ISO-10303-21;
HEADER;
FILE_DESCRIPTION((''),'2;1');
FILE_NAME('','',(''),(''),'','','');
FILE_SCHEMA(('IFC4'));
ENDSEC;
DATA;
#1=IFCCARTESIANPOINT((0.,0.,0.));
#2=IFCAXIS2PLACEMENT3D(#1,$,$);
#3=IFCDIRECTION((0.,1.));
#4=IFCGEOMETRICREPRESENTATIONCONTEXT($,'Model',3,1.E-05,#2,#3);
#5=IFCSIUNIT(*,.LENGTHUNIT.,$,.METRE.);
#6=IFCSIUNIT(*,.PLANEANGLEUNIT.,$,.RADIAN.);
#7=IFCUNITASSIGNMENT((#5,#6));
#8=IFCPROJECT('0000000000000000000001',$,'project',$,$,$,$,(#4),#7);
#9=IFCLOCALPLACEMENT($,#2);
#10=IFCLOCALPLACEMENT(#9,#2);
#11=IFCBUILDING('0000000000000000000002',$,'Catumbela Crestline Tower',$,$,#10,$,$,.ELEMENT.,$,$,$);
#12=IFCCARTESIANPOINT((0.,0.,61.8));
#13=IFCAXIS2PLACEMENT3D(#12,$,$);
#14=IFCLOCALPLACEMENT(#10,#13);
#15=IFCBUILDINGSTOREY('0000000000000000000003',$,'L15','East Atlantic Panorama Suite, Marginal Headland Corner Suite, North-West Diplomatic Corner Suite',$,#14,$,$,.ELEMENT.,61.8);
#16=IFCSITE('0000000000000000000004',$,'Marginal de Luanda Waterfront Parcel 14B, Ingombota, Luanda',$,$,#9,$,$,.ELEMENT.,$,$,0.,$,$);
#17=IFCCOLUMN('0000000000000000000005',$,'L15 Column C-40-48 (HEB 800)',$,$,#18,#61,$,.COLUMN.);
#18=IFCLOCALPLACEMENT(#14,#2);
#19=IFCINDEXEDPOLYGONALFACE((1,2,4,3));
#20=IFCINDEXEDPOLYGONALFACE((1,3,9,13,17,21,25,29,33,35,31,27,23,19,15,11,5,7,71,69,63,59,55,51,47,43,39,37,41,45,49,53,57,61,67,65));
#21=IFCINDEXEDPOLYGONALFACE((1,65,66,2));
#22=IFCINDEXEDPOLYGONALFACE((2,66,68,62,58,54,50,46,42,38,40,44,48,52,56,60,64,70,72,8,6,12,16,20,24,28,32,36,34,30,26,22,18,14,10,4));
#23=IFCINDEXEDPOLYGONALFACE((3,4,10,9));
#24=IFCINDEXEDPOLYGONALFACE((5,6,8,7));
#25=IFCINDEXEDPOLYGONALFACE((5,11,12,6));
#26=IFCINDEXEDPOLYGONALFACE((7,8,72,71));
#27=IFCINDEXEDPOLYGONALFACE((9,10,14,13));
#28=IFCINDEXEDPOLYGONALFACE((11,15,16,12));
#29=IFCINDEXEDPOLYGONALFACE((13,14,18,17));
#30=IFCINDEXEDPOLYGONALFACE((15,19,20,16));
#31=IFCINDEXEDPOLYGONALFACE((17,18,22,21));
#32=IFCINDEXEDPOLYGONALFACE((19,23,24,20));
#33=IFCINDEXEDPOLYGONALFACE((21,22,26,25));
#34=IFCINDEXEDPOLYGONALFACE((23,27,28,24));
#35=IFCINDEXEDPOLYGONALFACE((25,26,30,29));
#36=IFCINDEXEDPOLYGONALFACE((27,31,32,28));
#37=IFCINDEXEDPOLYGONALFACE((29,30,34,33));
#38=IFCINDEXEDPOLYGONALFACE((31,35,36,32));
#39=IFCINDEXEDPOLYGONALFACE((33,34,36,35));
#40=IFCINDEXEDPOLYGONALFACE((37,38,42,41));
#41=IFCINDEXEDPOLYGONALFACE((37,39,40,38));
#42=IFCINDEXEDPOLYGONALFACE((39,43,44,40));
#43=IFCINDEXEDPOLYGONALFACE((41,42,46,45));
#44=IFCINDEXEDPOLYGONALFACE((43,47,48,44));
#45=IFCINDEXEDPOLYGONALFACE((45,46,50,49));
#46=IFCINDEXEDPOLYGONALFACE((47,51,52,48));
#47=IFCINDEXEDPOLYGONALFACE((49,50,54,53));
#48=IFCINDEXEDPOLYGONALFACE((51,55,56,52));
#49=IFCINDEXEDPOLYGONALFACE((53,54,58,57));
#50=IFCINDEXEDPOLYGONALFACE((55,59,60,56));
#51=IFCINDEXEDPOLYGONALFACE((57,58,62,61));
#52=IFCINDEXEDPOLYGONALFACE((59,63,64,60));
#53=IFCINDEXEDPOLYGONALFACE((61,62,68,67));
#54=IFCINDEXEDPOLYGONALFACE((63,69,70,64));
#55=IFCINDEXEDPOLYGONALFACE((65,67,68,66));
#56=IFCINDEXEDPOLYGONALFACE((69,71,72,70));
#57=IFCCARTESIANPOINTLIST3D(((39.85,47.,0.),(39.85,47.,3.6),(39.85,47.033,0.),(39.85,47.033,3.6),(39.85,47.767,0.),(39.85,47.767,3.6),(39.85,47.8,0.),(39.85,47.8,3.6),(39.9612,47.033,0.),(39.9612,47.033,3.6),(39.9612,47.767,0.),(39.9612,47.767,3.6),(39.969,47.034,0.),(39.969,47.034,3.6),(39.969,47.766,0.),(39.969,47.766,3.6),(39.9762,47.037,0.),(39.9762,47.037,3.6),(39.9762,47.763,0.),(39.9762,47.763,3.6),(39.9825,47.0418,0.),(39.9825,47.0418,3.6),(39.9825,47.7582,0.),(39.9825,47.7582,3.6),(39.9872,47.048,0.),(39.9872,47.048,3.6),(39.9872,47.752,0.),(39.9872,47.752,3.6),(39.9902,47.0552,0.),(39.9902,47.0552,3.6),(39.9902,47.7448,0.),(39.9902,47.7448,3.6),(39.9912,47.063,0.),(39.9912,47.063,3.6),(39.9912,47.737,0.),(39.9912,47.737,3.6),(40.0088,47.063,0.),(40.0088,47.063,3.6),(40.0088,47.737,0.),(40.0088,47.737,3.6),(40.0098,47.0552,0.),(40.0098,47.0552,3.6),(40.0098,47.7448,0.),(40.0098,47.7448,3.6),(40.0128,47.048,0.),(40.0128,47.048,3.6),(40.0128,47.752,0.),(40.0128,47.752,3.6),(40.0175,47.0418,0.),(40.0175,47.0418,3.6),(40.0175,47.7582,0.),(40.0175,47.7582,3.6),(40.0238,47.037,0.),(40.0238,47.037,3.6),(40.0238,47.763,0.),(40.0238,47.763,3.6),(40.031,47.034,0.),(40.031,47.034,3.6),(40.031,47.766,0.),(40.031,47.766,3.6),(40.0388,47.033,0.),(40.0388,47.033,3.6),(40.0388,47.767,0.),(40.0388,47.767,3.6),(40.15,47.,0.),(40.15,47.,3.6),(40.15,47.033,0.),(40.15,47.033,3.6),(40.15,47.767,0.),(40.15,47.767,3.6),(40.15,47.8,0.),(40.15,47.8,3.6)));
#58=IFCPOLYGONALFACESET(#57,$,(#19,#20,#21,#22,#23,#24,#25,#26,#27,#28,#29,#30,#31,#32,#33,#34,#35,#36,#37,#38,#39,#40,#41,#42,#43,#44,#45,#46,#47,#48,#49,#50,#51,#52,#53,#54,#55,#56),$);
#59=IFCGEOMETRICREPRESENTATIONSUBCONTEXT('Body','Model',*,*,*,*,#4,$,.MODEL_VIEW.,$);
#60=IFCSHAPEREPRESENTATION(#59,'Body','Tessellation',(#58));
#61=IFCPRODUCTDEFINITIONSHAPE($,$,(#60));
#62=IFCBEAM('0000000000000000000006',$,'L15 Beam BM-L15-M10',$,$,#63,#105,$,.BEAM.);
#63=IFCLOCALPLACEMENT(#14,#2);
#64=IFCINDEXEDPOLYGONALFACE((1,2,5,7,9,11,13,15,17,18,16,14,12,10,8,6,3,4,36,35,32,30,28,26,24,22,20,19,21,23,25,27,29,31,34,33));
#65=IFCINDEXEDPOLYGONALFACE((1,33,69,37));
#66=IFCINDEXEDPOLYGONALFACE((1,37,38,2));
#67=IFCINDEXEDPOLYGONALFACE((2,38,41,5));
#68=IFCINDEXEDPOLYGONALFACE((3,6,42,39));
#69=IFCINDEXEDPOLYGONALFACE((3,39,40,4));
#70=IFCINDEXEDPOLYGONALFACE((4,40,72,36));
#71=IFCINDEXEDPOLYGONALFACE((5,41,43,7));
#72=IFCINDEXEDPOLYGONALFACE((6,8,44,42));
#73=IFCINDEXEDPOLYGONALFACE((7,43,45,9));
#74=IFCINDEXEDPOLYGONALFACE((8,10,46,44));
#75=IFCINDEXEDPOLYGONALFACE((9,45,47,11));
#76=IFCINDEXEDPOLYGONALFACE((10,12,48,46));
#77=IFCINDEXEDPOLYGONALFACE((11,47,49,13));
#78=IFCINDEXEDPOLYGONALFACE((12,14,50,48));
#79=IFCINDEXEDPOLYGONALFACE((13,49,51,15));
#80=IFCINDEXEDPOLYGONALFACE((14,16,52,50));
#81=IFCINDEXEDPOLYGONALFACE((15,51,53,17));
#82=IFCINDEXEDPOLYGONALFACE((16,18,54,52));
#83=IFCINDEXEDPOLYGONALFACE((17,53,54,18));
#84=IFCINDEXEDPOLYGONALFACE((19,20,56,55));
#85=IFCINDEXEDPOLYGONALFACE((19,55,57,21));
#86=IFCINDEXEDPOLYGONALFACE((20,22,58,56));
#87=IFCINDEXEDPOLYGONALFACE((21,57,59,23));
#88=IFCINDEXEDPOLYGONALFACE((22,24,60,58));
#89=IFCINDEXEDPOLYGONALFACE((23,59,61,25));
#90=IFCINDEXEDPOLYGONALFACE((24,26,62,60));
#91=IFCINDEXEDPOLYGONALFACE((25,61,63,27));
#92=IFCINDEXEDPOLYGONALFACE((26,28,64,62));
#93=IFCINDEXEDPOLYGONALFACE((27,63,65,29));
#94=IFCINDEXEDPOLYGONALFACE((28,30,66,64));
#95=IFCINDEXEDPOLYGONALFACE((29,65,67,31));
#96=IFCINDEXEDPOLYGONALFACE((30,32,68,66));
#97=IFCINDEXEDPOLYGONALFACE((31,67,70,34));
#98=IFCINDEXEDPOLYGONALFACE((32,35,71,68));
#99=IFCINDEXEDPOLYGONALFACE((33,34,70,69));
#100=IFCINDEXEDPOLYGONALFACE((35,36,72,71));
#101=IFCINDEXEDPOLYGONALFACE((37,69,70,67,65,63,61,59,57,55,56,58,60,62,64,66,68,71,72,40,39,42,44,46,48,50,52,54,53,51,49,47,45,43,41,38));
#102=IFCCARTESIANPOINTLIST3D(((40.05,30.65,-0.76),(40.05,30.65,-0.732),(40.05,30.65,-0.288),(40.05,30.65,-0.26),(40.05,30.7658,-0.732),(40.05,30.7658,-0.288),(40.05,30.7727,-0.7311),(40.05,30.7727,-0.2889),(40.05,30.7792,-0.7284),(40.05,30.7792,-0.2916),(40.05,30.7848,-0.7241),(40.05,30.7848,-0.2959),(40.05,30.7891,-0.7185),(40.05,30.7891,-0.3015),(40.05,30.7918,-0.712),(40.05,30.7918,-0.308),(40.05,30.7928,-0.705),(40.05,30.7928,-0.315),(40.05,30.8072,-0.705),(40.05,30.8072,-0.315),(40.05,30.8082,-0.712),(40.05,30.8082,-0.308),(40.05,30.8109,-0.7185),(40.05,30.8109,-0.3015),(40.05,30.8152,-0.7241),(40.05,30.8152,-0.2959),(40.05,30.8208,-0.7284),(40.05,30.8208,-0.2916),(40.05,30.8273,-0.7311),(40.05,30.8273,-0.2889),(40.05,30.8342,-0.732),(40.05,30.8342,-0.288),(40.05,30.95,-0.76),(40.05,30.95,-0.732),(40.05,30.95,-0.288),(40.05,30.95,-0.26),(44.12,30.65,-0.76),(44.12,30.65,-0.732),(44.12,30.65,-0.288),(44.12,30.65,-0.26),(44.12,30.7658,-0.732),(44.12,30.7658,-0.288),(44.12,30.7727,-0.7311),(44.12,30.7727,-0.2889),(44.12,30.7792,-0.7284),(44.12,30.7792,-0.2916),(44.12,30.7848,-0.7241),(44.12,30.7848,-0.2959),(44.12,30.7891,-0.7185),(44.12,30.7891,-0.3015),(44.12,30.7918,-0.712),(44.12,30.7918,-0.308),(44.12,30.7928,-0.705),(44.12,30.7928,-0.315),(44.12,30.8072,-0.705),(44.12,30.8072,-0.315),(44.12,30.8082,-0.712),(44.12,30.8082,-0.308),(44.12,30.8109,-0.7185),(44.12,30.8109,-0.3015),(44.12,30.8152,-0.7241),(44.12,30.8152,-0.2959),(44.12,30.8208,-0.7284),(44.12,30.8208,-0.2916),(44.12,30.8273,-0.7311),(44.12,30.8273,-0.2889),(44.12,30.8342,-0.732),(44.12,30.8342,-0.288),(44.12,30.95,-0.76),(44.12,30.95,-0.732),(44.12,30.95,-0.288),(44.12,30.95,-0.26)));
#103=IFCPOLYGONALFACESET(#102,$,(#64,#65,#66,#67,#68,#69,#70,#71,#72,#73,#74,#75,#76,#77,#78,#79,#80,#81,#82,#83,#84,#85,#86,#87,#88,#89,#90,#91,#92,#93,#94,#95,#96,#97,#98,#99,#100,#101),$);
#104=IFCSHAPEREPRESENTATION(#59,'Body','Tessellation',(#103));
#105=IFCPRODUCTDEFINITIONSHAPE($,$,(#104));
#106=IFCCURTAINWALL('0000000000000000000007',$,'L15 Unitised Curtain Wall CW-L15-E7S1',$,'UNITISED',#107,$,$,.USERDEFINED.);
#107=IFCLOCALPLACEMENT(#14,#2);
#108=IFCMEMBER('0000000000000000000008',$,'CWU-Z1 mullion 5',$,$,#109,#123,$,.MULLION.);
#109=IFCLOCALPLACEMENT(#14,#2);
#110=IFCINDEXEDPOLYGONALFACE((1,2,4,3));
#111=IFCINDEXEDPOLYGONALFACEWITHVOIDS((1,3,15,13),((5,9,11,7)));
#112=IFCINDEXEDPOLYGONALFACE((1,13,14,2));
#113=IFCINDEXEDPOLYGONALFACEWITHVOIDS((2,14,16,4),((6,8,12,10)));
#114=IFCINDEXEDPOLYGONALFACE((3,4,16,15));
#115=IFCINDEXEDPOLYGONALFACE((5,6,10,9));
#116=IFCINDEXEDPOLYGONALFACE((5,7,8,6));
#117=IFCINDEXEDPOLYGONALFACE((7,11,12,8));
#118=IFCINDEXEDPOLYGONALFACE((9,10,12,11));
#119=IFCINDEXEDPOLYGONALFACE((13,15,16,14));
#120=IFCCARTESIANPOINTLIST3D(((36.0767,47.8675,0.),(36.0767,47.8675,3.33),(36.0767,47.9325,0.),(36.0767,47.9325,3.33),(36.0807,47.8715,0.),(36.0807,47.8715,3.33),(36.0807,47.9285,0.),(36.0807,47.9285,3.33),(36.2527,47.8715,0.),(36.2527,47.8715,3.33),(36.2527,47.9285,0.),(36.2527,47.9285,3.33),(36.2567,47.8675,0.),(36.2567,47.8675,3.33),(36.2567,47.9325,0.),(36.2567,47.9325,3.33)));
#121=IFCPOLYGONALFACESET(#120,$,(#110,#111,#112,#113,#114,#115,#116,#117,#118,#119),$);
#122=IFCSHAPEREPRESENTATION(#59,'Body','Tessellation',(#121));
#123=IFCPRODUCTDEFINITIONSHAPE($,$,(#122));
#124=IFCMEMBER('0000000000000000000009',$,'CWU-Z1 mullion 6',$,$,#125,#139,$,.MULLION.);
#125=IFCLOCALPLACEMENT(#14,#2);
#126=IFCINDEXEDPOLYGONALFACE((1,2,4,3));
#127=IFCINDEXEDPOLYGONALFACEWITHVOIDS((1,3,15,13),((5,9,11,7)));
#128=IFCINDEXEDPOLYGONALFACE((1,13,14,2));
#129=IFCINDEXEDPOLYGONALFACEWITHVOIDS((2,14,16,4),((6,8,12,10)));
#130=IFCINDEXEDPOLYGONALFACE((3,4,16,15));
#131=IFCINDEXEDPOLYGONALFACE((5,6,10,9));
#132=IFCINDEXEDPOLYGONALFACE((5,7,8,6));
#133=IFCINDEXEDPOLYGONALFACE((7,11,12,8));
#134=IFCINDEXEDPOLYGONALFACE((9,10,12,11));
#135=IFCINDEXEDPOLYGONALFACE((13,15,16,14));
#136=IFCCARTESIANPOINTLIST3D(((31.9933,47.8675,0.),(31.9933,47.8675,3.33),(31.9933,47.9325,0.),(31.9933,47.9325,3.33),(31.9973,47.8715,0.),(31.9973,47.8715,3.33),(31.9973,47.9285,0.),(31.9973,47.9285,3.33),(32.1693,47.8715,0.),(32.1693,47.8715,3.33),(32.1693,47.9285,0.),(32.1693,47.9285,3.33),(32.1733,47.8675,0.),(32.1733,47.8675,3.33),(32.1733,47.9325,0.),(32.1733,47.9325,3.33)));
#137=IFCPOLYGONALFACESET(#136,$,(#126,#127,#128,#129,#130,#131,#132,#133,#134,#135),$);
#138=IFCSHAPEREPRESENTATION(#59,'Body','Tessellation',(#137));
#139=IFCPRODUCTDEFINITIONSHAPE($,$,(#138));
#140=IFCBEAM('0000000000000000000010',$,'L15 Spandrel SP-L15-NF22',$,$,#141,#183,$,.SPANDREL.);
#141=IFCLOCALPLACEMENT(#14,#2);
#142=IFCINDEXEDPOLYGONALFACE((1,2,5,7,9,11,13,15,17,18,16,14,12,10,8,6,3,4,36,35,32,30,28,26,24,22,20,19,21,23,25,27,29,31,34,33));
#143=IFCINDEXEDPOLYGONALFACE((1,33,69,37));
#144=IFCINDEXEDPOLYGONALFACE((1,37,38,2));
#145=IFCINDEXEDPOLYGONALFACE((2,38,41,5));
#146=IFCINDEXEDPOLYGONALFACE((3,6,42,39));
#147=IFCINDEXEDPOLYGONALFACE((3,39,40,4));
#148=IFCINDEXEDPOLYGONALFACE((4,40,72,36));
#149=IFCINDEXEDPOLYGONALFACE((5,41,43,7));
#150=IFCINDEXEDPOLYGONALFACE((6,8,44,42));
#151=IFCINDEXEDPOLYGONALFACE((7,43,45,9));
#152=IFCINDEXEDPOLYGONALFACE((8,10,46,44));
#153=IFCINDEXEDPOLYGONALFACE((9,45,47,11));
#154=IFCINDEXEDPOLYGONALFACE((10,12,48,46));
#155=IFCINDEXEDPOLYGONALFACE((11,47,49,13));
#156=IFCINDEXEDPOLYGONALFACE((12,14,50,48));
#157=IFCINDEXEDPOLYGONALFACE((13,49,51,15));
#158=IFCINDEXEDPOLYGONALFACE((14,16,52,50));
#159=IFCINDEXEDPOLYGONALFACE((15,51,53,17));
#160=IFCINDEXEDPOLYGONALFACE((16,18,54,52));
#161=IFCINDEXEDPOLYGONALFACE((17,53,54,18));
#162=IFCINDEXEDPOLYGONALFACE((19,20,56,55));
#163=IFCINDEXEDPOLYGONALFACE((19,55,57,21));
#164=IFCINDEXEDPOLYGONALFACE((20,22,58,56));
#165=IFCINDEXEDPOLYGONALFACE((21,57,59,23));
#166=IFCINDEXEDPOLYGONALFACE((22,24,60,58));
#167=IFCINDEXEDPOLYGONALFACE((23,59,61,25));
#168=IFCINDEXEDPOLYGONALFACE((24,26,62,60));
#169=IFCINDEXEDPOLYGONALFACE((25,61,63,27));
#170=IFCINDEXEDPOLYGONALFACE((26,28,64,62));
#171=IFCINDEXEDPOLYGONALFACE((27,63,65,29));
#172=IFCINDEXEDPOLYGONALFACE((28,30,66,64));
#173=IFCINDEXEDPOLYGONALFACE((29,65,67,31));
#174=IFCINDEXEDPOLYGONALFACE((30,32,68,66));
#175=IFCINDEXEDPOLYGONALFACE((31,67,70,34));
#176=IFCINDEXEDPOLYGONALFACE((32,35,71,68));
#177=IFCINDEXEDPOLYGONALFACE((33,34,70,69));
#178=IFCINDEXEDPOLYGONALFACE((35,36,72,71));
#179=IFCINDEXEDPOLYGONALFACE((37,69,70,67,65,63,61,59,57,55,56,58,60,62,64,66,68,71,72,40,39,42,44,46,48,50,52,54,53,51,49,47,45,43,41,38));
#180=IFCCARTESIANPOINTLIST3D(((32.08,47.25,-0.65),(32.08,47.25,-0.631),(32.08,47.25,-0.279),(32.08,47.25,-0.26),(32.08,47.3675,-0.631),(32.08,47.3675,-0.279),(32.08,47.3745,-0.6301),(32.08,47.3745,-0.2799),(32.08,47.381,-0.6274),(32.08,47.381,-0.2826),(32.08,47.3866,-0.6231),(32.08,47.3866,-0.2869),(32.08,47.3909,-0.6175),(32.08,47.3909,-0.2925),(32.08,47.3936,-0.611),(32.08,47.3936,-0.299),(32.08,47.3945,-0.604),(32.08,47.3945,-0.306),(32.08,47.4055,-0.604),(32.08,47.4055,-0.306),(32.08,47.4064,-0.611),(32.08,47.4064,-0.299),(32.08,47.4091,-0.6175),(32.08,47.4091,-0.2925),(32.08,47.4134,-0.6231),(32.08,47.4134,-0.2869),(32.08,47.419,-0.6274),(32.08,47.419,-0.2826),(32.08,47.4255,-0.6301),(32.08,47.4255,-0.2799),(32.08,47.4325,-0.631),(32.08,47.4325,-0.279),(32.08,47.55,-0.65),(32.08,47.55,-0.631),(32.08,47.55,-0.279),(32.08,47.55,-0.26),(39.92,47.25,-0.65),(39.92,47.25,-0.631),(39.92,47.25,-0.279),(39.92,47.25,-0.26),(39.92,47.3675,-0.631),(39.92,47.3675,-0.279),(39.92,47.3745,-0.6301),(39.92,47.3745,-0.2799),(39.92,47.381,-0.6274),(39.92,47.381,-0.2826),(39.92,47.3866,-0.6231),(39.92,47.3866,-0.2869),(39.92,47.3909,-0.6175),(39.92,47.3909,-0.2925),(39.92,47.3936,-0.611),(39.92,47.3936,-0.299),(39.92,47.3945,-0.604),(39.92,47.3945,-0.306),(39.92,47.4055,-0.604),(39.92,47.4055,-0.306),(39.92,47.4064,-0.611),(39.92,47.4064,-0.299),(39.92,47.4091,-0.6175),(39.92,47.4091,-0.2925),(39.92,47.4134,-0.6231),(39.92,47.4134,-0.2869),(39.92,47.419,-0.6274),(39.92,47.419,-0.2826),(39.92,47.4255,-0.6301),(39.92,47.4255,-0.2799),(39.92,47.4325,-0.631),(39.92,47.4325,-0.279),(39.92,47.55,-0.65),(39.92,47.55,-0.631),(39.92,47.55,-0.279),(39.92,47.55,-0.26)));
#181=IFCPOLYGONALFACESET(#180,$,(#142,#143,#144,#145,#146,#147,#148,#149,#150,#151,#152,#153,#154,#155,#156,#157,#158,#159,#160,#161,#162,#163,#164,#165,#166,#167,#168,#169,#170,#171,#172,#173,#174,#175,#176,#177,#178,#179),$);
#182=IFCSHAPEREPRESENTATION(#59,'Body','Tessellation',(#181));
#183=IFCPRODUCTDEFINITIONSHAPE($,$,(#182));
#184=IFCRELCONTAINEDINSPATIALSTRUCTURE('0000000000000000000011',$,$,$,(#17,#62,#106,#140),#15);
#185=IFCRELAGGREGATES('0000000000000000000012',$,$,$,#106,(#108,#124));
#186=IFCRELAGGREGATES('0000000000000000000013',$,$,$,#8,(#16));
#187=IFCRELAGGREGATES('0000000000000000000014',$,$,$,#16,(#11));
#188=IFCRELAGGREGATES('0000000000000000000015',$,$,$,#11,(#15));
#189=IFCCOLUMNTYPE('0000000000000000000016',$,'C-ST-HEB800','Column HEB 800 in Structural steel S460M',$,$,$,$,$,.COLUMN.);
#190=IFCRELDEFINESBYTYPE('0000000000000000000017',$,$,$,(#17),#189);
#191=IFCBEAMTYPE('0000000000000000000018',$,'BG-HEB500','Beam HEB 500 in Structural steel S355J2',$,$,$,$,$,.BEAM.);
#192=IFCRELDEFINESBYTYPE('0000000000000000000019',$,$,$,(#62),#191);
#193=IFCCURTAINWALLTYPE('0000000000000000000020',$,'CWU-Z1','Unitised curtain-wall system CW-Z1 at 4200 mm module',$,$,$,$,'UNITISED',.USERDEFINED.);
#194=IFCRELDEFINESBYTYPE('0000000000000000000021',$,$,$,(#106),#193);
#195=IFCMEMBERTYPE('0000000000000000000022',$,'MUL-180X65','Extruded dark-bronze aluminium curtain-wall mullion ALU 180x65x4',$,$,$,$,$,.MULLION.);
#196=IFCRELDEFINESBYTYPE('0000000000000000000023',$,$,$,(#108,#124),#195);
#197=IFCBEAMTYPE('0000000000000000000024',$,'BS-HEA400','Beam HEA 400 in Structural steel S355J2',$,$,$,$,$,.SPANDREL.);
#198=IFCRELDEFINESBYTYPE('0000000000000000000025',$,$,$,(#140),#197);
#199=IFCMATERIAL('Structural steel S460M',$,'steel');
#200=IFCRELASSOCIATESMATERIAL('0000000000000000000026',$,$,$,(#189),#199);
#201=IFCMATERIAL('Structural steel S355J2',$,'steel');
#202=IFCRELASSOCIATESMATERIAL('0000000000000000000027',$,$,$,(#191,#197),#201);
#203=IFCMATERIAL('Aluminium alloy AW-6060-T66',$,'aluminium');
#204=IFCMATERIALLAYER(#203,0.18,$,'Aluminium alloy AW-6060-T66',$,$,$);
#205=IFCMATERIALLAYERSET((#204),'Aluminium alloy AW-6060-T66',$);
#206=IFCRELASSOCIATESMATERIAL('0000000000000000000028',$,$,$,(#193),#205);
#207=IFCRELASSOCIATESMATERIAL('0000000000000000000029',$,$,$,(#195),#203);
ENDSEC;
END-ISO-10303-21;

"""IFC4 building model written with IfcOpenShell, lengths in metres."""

from ifc_helpers import new_model, si_unit, direction, frame, origin, origin_2d, place, context, subcontext, project, spatial, hollow_rectangle, i_section, extrude, material, layer, layer_set, material_profile, profile_set, type_object, element, aggregate, save


model = new_model("IFC4")

# Units and contexts
model_context = context("Model", 3, precision=1e-05, world=origin(), true_north=direction((0.0, 1.0)))
body_context = subcontext(model_context, "Body", "Model", "MODEL_VIEW")
ifc_project = project(units=[si_unit("LENGTHUNIT", "METRE"), si_unit("PLANEANGLEUNIT", "RADIAN")], contexts=[model_context])

# Site, building, storey
site_placement = place(None, origin())
site = spatial("IfcSite", under=ifc_project, at=site_placement, Name="Marginal de Luanda Waterfront Parcel 14B, Ingombota, Luanda", CompositionType="ELEMENT", RefElevation=0.0)
building_placement = place(site_placement, origin())
building = spatial("IfcBuilding", under=site, at=building_placement, Name="Catumbela Crestline Tower", CompositionType="ELEMENT")
storey_placement = place(building_placement, frame((0.0, 0.0, 61.8)))
storey = spatial("IfcBuildingStorey", under=building, at=storey_placement, Name="L15", Description="East Atlantic Panorama Suite, Marginal Headland Corner Suite, North-West Diplomatic Corner Suite", CompositionType="ELEMENT", Elevation=61.8)

# Column
ifc_material_1 = material(Name="Structural steel S460M", Category="steel")
ifc_material_profile_1 = material_profile(ifc_material_1, i_section(OverallWidth=0.3, OverallDepth=0.8, WebThickness=0.0175, FlangeThickness=0.033, FilletRadius=0.03, at=origin_2d()), Name="HEB 800")
ifc_profile_set_1 = profile_set([ifc_material_profile_1], Name="Structural steel S460M")
column_type = type_object("IfcColumnType", Name="C-ST-HEB800", Description="Column HEB 800 in Structural steel S460M", PredefinedType="COLUMN", material=ifc_profile_set_1)
column_placement = place(storey_placement, frame((40.0, 47.4, 0.0), z_axis=(0.0, 0.0, 1.0), x_axis=(1.0, 0.0, 0.0)))
element("IfcColumn", 1, at=column_placement, inside=storey, type_object=column_type, Name="L15 Column C-40-48 (HEB 800)", PredefinedType="COLUMN", context=body_context, shape_type="SweptSolid", body=[
    extrude(i_section(OverallWidth=0.3, OverallDepth=0.8, WebThickness=0.0175, FlangeThickness=0.033, FilletRadius=0.03, at=origin_2d()), origin(), (0.0, 0.0, 1.0), 3.6),
])

# Beam
ifc_material_2 = material(Name="Structural steel S355J2", Category="steel")
ifc_material_profile_2 = material_profile(ifc_material_2, i_section(OverallWidth=0.3, OverallDepth=0.5, WebThickness=0.0145, FlangeThickness=0.028, FilletRadius=0.027, at=origin_2d()), Name="HEB 500")
ifc_profile_set_2 = profile_set([ifc_material_profile_2], Name="Structural steel S355J2")
beam_type_1 = type_object("IfcBeamType", Name="BG-HEB500", Description="Beam HEB 500 in Structural steel S355J2", PredefinedType="BEAM", material=ifc_profile_set_2)
beam_1_placement = place(storey_placement, frame((40.05, 30.8, -0.51), z_axis=(1.0, 0.0, 0.0), x_axis=(0.0, 1.0, 0.0)))
element("IfcBeam", 2, at=beam_1_placement, inside=storey, type_object=beam_type_1, Name="L15 Beam BM-L15-M10", PredefinedType="BEAM", context=body_context, shape_type="SweptSolid", body=[
    extrude(i_section(OverallWidth=0.3, OverallDepth=0.5, WebThickness=0.0145, FlangeThickness=0.028, FilletRadius=0.027, at=origin_2d()), origin(), (0.0, 0.0, 1.0), 4.07),
])

# Curtain wall, members
ifc_material_3 = material(Name="Aluminium alloy AW-6060-T66", Category="aluminium")
ifc_layer_1 = layer(ifc_material_3, 0.18, Name="Aluminium alloy AW-6060-T66")
ifc_layer_set_1 = layer_set([ifc_layer_1], Name="Aluminium alloy AW-6060-T66")
curtain_wall_type = type_object("IfcCurtainWallType", Name="CWU-Z1", Description="Unitised curtain-wall system CW-Z1 at 4200 mm module", ElementType="UNITISED", PredefinedType="USERDEFINED", material=ifc_layer_set_1)
curtain_wall_placement = place(storey_placement, origin())
curtain_wall = element("IfcCurtainWall", 3, at=curtain_wall_placement, inside=storey, type_object=curtain_wall_type, Name="L15 Unitised Curtain Wall CW-L15-E7S1", ObjectType="UNITISED", PredefinedType="USERDEFINED")
ifc_material_profile_3 = material_profile(ifc_material_3, hollow_rectangle(XDim=0.065, YDim=0.18, WallThickness=0.004, at=origin_2d()), Name="ALU 180x65x4")
ifc_profile_set_3 = profile_set([ifc_material_profile_3], Name="Aluminium alloy AW-6060-T66")
member_type_1 = type_object("IfcMemberType", Name="MUL-180X65", Description="Extruded dark-bronze aluminium curtain-wall mullion ALU 180x65x4", PredefinedType="MULLION", material=ifc_profile_set_3)
member_1_placement = place(storey_placement, frame((36.1667, 47.9, 0.0), z_axis=(0.0, 0.0, 1.0), x_axis=(0.0, -1.0, 0.0)))
member_1 = element("IfcMember", 4, at=member_1_placement, type_object=member_type_1, Name="CWU-Z1 mullion 5", PredefinedType="MULLION", context=body_context, shape_type="SweptSolid", body=[
    extrude(hollow_rectangle(XDim=0.065, YDim=0.18, WallThickness=0.004, at=origin_2d()), origin(), (0.0, 0.0, 1.0), 3.33),
])
member_2_placement = place(storey_placement, frame((32.0833, 47.9, 0.0), z_axis=(0.0, 0.0, 1.0), x_axis=(0.0, -1.0, 0.0)))
member_2 = element("IfcMember", 5, at=member_2_placement, type_object=member_type_1, Name="CWU-Z1 mullion 6", PredefinedType="MULLION", context=body_context, shape_type="SweptSolid", body=[
    extrude(hollow_rectangle(XDim=0.065, YDim=0.18, WallThickness=0.004, at=origin_2d()), origin(), (0.0, 0.0, 1.0), 3.33),
])

# Beam
ifc_material_profile_4 = material_profile(ifc_material_2, i_section(OverallWidth=0.3, OverallDepth=0.39, WebThickness=0.011, FlangeThickness=0.019, FilletRadius=0.027, at=origin_2d()), Name="HEA 400")
ifc_profile_set_4 = profile_set([ifc_material_profile_4], Name="Structural steel S355J2")
beam_type_2 = type_object("IfcBeamType", Name="BS-HEA400", Description="Beam HEA 400 in Structural steel S355J2", PredefinedType="SPANDREL", material=ifc_profile_set_4)
beam_2_placement = place(storey_placement, frame((32.08, 47.4, -0.455), z_axis=(1.0, 0.0, 0.0), x_axis=(0.0, 1.0, 0.0)))
element("IfcBeam", 6, at=beam_2_placement, inside=storey, type_object=beam_type_2, Name="L15 Spandrel SP-L15-NF22", PredefinedType="SPANDREL", context=body_context, shape_type="SweptSolid", body=[
    extrude(i_section(OverallWidth=0.3, OverallDepth=0.39, WebThickness=0.011, FlangeThickness=0.019, FilletRadius=0.027, at=origin_2d()), origin(), (0.0, 0.0, 1.0), 7.84),
])

aggregate(curtain_wall, [member_1, member_2])

save(model, "model.ifc")
